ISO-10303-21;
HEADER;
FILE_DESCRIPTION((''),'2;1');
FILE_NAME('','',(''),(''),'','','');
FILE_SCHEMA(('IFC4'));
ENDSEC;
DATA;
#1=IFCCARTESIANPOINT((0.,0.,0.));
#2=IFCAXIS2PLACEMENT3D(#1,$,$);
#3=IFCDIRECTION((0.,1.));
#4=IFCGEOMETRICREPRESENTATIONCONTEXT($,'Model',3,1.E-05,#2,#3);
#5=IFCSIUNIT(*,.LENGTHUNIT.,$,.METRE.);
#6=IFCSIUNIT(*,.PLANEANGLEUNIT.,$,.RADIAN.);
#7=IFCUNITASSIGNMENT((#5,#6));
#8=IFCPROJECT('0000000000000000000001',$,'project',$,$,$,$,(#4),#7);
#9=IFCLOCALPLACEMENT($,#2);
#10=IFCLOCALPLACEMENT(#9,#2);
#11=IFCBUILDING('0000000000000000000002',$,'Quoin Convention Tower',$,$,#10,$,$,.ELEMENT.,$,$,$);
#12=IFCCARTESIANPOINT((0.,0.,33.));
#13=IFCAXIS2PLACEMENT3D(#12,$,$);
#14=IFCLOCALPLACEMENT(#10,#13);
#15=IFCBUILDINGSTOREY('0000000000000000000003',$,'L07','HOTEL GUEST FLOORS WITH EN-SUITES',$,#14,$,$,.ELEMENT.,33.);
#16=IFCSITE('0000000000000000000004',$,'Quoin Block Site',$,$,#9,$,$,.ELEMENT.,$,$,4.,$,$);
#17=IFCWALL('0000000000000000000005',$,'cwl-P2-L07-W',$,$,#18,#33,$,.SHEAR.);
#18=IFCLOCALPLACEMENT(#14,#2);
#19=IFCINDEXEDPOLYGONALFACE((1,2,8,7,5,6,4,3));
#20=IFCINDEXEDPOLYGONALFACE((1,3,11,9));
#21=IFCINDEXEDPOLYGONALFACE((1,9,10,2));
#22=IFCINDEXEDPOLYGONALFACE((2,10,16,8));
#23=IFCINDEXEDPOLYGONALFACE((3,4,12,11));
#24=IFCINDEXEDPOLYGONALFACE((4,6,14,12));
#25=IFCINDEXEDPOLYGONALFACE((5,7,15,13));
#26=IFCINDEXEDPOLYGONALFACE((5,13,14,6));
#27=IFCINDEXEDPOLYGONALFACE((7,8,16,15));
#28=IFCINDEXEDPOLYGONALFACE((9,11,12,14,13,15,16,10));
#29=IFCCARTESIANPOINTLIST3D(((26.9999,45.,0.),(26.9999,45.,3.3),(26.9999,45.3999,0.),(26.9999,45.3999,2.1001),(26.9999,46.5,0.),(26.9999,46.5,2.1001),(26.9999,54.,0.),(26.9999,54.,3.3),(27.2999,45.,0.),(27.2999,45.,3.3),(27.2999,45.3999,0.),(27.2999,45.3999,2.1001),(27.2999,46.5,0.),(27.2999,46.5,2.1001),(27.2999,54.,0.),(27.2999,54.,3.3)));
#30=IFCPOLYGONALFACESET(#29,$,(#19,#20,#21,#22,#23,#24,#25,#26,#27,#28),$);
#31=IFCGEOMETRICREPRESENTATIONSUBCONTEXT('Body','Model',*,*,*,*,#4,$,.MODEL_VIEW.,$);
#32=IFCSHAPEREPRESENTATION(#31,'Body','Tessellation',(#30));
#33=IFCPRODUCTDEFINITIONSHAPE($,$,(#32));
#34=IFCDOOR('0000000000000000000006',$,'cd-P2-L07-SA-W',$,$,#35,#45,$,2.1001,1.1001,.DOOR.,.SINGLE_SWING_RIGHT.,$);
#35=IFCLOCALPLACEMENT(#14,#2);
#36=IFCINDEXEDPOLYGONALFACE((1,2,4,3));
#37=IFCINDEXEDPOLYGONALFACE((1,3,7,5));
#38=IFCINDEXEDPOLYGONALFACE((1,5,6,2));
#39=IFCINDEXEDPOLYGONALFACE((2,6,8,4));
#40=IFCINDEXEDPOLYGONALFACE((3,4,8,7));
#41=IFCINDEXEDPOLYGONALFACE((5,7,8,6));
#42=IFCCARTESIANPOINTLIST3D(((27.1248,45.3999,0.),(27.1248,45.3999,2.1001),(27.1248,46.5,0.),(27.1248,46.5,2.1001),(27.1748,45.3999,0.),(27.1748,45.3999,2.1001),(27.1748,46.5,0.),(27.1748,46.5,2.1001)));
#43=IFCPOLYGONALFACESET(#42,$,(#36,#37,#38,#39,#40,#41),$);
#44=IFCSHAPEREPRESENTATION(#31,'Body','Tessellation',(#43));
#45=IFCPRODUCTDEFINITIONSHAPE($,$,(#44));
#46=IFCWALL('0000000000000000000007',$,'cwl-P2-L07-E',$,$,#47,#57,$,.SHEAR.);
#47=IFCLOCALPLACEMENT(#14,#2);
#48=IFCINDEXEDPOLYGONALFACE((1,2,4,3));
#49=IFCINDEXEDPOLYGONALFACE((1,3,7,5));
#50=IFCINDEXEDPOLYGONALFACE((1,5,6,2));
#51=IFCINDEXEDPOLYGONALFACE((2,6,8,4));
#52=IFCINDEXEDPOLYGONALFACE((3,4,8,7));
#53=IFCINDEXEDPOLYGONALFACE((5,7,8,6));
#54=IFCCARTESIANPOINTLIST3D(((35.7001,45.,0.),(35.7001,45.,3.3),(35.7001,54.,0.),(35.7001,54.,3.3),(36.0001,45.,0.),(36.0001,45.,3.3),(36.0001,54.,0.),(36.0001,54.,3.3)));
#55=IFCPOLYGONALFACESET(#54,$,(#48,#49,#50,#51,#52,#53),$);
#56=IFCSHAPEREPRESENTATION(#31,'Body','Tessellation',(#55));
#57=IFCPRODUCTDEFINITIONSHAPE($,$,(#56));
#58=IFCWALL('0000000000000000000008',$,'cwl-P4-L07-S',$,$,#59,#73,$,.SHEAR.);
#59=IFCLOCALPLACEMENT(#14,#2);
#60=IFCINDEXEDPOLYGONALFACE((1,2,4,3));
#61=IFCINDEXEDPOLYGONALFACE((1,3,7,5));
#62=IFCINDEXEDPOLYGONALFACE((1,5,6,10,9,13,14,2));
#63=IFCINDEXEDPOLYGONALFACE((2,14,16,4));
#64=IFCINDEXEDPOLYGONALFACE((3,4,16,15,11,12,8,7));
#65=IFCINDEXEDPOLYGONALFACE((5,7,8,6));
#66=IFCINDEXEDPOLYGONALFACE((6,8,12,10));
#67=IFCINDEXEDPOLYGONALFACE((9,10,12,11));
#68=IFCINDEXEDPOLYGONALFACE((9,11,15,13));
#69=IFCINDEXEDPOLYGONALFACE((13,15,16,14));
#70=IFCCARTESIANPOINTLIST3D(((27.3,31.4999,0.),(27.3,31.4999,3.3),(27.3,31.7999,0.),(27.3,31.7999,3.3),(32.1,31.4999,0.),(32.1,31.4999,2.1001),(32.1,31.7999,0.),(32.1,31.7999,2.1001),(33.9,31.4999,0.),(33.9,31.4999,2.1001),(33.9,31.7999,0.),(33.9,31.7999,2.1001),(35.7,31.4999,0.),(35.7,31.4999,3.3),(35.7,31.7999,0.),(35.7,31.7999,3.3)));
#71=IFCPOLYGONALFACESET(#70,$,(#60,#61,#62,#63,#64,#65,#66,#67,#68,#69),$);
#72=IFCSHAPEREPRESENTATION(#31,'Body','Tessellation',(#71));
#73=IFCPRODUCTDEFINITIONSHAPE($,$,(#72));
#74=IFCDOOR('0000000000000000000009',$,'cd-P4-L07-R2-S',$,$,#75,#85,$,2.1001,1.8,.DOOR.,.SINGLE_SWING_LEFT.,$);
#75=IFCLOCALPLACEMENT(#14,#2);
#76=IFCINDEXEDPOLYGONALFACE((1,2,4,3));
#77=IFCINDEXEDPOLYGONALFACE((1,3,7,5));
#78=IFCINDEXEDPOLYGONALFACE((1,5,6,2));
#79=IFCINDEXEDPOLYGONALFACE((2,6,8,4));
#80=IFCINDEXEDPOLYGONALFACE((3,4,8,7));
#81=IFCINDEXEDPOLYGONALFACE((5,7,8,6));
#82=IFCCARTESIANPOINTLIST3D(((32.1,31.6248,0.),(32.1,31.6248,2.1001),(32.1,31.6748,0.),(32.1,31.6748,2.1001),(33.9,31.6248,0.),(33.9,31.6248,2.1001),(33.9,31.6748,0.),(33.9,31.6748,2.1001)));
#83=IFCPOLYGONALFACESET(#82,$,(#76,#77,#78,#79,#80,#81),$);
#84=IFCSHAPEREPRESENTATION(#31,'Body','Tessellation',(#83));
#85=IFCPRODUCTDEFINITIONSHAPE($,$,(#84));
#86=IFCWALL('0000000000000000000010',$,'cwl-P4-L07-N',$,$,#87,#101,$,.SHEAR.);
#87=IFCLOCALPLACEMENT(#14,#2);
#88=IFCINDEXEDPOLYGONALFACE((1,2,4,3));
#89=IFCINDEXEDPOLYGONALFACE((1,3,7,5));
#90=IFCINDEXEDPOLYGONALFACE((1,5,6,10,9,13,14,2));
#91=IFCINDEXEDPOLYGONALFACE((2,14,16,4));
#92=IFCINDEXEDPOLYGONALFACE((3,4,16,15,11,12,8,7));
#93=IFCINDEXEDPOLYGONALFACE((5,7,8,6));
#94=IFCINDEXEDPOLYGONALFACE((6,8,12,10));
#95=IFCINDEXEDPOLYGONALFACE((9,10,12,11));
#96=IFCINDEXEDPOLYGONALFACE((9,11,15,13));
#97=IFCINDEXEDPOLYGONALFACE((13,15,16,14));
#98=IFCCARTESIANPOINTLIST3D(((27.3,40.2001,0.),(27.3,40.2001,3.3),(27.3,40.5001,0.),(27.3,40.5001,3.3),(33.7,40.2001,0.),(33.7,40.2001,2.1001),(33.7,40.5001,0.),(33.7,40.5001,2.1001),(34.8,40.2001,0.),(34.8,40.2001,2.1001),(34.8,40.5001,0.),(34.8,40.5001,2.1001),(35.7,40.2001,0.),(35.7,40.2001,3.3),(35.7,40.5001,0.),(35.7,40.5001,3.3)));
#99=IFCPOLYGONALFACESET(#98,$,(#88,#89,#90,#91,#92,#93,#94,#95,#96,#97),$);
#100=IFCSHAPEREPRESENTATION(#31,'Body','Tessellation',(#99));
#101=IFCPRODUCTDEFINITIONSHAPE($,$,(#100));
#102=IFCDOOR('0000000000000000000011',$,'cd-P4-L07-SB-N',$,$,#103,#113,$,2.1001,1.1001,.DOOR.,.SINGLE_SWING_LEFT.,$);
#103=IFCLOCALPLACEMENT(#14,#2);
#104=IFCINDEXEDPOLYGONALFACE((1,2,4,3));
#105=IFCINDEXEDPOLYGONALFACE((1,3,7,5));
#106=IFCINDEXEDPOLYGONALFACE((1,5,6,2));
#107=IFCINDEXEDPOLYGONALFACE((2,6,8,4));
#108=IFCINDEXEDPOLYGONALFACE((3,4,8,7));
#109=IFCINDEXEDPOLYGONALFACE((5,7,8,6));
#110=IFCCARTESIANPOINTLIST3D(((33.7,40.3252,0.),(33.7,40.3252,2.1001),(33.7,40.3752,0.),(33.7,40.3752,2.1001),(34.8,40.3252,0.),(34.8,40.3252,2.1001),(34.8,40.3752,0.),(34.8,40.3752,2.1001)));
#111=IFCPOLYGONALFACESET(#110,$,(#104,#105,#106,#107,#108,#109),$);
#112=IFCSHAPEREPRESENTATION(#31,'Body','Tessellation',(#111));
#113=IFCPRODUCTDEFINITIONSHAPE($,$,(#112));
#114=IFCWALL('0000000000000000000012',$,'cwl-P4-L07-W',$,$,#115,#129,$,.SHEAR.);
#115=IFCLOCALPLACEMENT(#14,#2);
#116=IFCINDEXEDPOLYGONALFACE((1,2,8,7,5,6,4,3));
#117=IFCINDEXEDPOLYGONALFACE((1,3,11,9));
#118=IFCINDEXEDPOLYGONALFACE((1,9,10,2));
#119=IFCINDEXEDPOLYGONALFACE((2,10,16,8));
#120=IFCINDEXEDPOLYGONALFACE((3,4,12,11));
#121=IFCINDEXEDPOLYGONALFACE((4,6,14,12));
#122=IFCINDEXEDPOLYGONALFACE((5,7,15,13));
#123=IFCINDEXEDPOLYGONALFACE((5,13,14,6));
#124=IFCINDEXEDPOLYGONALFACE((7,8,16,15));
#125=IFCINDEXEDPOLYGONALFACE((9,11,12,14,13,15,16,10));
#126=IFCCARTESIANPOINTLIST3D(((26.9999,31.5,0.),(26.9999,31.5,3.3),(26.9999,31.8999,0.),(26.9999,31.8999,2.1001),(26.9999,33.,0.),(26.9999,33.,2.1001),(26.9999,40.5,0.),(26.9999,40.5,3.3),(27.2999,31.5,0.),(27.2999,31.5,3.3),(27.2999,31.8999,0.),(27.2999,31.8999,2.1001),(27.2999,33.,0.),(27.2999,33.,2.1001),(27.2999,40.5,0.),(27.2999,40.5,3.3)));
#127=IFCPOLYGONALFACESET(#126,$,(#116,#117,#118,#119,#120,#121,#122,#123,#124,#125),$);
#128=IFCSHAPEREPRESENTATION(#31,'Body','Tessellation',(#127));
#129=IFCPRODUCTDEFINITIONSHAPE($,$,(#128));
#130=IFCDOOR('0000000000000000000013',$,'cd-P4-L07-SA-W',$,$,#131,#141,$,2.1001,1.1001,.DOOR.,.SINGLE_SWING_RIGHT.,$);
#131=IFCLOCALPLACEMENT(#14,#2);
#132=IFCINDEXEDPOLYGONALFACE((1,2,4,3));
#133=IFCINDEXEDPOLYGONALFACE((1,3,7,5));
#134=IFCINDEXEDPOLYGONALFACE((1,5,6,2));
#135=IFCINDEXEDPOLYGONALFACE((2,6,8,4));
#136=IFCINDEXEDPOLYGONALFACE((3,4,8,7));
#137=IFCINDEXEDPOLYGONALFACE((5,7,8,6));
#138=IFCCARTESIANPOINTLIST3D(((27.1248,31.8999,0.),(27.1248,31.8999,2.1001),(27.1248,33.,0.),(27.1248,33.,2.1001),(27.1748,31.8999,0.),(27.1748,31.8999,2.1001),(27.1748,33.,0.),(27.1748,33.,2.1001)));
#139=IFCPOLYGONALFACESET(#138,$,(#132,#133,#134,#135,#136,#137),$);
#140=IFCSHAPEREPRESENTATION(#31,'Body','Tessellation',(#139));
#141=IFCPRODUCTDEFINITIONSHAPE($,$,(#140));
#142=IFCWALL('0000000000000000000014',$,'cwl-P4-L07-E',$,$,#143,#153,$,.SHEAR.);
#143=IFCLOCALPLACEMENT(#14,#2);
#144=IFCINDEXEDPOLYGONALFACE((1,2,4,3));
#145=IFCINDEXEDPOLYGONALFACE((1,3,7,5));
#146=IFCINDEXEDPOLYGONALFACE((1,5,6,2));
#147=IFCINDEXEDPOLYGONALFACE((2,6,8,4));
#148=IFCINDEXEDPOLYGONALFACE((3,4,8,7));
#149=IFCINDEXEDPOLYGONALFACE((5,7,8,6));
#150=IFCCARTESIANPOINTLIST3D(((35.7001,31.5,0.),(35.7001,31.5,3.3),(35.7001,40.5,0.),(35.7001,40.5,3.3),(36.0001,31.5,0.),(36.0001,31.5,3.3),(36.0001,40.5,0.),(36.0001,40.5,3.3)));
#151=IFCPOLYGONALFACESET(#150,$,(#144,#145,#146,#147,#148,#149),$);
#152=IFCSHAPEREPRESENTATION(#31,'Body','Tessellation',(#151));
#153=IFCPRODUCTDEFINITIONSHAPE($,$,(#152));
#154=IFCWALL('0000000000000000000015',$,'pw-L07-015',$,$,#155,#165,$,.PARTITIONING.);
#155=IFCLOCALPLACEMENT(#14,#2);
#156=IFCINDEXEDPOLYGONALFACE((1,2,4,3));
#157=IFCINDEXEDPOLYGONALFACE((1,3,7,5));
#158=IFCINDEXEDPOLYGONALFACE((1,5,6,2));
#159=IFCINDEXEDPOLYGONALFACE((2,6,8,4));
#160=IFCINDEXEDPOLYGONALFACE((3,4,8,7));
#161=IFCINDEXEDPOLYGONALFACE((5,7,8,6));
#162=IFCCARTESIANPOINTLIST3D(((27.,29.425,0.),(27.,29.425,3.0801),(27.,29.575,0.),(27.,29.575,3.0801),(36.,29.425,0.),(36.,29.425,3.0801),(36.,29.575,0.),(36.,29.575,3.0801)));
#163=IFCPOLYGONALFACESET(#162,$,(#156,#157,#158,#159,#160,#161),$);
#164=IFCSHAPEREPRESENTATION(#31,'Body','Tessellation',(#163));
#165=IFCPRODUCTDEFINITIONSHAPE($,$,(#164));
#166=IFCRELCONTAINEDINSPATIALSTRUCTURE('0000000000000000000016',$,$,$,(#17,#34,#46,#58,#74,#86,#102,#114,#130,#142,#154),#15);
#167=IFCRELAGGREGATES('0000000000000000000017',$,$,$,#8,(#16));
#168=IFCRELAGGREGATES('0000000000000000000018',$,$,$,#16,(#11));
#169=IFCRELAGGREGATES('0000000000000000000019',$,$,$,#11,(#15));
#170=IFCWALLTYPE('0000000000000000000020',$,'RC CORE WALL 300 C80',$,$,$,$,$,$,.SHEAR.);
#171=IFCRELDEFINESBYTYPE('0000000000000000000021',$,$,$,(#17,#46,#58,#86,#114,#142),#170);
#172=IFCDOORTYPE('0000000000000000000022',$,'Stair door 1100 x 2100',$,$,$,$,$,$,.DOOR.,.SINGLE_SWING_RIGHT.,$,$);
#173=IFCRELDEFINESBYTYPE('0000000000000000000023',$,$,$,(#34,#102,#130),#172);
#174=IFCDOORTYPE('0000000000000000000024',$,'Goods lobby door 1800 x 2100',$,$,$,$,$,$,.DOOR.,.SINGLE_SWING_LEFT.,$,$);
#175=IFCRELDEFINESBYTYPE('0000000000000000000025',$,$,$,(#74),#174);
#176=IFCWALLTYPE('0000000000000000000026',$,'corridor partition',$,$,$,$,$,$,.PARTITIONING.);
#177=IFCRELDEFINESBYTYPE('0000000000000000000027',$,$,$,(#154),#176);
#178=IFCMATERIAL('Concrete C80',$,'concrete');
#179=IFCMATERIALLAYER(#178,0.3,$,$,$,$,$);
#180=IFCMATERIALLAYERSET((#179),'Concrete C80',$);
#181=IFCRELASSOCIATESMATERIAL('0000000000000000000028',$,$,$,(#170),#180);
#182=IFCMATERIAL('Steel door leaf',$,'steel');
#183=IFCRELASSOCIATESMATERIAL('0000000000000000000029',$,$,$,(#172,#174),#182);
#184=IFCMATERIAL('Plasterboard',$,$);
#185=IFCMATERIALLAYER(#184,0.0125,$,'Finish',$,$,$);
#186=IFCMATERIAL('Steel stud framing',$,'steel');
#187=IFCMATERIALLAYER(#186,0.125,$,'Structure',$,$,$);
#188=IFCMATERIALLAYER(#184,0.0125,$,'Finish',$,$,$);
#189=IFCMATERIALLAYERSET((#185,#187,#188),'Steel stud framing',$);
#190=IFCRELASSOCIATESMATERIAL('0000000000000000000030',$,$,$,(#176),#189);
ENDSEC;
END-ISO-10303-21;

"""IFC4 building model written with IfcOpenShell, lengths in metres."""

from ifc_helpers import new_model, si_unit, direction, frame, frame_2d, origin, place, context, subcontext, project, spatial, rectangle, extrude, material, layer, layer_set, type_object, element, fill, save


model = new_model("IFC4")

# Units and contexts
model_context = context("Model", 3, precision=1e-05, world=origin(), true_north=direction((0.0, 1.0)))
body_context = subcontext(model_context, "Body", "Model", "MODEL_VIEW")
ifc_project = project(units=[si_unit("LENGTHUNIT", "METRE"), si_unit("PLANEANGLEUNIT", "RADIAN")], contexts=[model_context])

# Site, building, storey
site_placement = place(None, origin())
site = spatial("IfcSite", under=ifc_project, at=site_placement, Name="Quoin Block Site", CompositionType="ELEMENT", RefElevation=4.0)
building_placement = place(site_placement, origin())
building = spatial("IfcBuilding", under=site, at=building_placement, Name="Quoin Convention Tower", CompositionType="ELEMENT")
storey_placement = place(building_placement, frame((0.0, 0.0, 33.0)))
storey = spatial("IfcBuildingStorey", under=building, at=storey_placement, Name="L07", Description="HOTEL GUEST FLOORS WITH EN-SUITES", CompositionType="ELEMENT", Elevation=33.0)

# Shared definitions
ifc_material_1 = material(Name="Concrete C80", Category="concrete")

# Shared definitions
ifc_material_2 = material(Name="Steel door leaf", Category="steel")

# Wall, opening, door
ifc_layer_1 = layer(ifc_material_1, 0.3)
ifc_layer_set_1 = layer_set([ifc_layer_1], Name="Concrete C80")
wall_type_1 = type_object("IfcWallType", Name="RC CORE WALL 300 C80", PredefinedType="SHEAR", material=ifc_layer_set_1)
wall_1_placement = place(storey_placement, frame((27.1499, 45.0, 0.0), z_axis=(0.0, 0.0, 1.0), x_axis=(0.0, 1.0, 0.0)))
wall_1 = element("IfcWall", 1, at=wall_1_placement, inside=storey, type_object=wall_type_1, Name="cwl-P2-L07-W", PredefinedType="SHEAR", context=body_context, shape_type="SweptSolid", body=[
    extrude(rectangle(XDim=9.0, YDim=0.3, at=frame_2d((4.5, 0.0))), origin(), (0.0, 0.0, 1.0), 3.3),
])
opening_1_placement = place(wall_1_placement, frame((0.3999, 0.0, 0.0)))
opening_1 = element("IfcOpeningElement", 2, at=opening_1_placement, cuts=wall_1, PredefinedType="OPENING", context=body_context, shape_type="SweptSolid", body=[
    extrude(rectangle(XDim=1.1001, YDim=2.1001, at=frame_2d((0.55, 1.05))), frame((0.0, 0.1599, 0.0), z_axis=(0.0, -1.0, 0.0), x_axis=(1.0, 0.0, 0.0)), (0.0, 0.0, 1.0), 0.3201),
])
door_type_1 = type_object("IfcDoorType", Name="Stair door 1100 x 2100", OperationType="SINGLE_SWING_RIGHT", PredefinedType="DOOR", material=ifc_material_2)
door_1_placement = place(opening_1_placement, frame((1.1001, 0.0, 0.0), z_axis=(0.0, 0.0, 1.0), x_axis=(-1.0, 0.0, 0.0)))
door_1 = element("IfcDoor", 3, at=door_1_placement, inside=storey, type_object=door_type_1, Name="cd-P2-L07-SA-W", OperationType="SINGLE_SWING_RIGHT", OverallHeight=2.1001, OverallWidth=1.1001, PredefinedType="DOOR", context=body_context, shape_type="SweptSolid", body=[
    extrude(rectangle(XDim=1.1001, YDim=2.1001, at=frame_2d((0.55, 1.05))), frame((0.0, 0.0249, 0.0), z_axis=(0.0, -1.0, 0.0), x_axis=(1.0, 0.0, 0.0)), (0.0, 0.0, 1.0), 0.05),
])
fill(opening_1, door_1)

# Wall
wall_2_placement = place(storey_placement, frame((35.8501, 45.0, 0.0), z_axis=(0.0, 0.0, 1.0), x_axis=(0.0, 1.0, 0.0)))
element("IfcWall", 4, at=wall_2_placement, inside=storey, type_object=wall_type_1, Name="cwl-P2-L07-E", PredefinedType="SHEAR", context=body_context, shape_type="SweptSolid", body=[
    extrude(rectangle(XDim=9.0, YDim=0.3, at=frame_2d((4.5, 0.0))), origin(), (0.0, 0.0, 1.0), 3.3),
])

# Walls, openings, doors
wall_3_placement = place(storey_placement, frame((27.3, 31.6499, 0.0), z_axis=(0.0, 0.0, 1.0), x_axis=(1.0, 0.0, 0.0)))
wall_3 = element("IfcWall", 5, at=wall_3_placement, inside=storey, type_object=wall_type_1, Name="cwl-P4-L07-S", PredefinedType="SHEAR", context=body_context, shape_type="SweptSolid", body=[
    extrude(rectangle(XDim=8.3999, YDim=0.3, at=frame_2d((4.2, 0.0))), origin(), (0.0, 0.0, 1.0), 3.3),
])
opening_2_placement = place(wall_3_placement, frame((4.8, 0.0, 0.0)))
opening_2 = element("IfcOpeningElement", 6, at=opening_2_placement, cuts=wall_3, PredefinedType="OPENING", context=body_context, shape_type="SweptSolid", body=[
    extrude(rectangle(XDim=1.8, YDim=2.1001, at=frame_2d((0.8999, 1.05))), frame((0.0, 0.1599, 0.0), z_axis=(0.0, -1.0, 0.0), x_axis=(1.0, 0.0, 0.0)), (0.0, 0.0, 1.0), 0.3201),
])
door_type_2 = type_object("IfcDoorType", Name="Goods lobby door 1800 x 2100", OperationType="SINGLE_SWING_LEFT", PredefinedType="DOOR", material=ifc_material_2)
door_2_placement = place(opening_2_placement, origin())
door_2 = element("IfcDoor", 7, at=door_2_placement, inside=storey, type_object=door_type_2, Name="cd-P4-L07-R2-S", OperationType="SINGLE_SWING_LEFT", OverallHeight=2.1001, OverallWidth=1.8, PredefinedType="DOOR", context=body_context, shape_type="SweptSolid", body=[
    extrude(rectangle(XDim=1.8, YDim=2.1001, at=frame_2d((0.8999, 1.05))), frame((0.0, 0.0249, 0.0), z_axis=(0.0, -1.0, 0.0), x_axis=(1.0, 0.0, 0.0)), (0.0, 0.0, 1.0), 0.05),
])
fill(opening_2, door_2)
wall_4_placement = place(storey_placement, frame((27.3, 40.3501, 0.0), z_axis=(0.0, 0.0, 1.0), x_axis=(1.0, 0.0, 0.0)))
wall_4 = element("IfcWall", 8, at=wall_4_placement, inside=storey, type_object=wall_type_1, Name="cwl-P4-L07-N", PredefinedType="SHEAR", context=body_context, shape_type="SweptSolid", body=[
    extrude(rectangle(XDim=8.3999, YDim=0.3, at=frame_2d((4.2, 0.0))), origin(), (0.0, 0.0, 1.0), 3.3),
])
opening_3_placement = place(wall_4_placement, frame((6.3999, 0.0, 0.0)))
opening_3 = element("IfcOpeningElement", 9, at=opening_3_placement, cuts=wall_4, PredefinedType="OPENING", context=body_context, shape_type="SweptSolid", body=[
    extrude(rectangle(XDim=1.1001, YDim=2.1001, at=frame_2d((0.55, 1.05))), frame((0.0, 0.1599, 0.0), z_axis=(0.0, -1.0, 0.0), x_axis=(1.0, 0.0, 0.0)), (0.0, 0.0, 1.0), 0.3201),
])
door_3_placement = place(opening_3_placement, frame((1.1001, 0.0, 0.0), z_axis=(0.0, 0.0, 1.0), x_axis=(-1.0, 0.0, 0.0)))
door_3 = element("IfcDoor", 10, at=door_3_placement, inside=storey, type_object=door_type_1, Name="cd-P4-L07-SB-N", OperationType="SINGLE_SWING_LEFT", OverallHeight=2.1001, OverallWidth=1.1001, PredefinedType="DOOR", context=body_context, shape_type="SweptSolid", body=[
    extrude(rectangle(XDim=1.1001, YDim=2.1001, at=frame_2d((0.55, 1.05))), frame((0.0, 0.0249, 0.0), z_axis=(0.0, -1.0, 0.0), x_axis=(1.0, 0.0, 0.0)), (0.0, 0.0, 1.0), 0.05),
])
fill(opening_3, door_3)
wall_5_placement = place(storey_placement, frame((27.1499, 31.5, 0.0), z_axis=(0.0, 0.0, 1.0), x_axis=(0.0, 1.0, 0.0)))
wall_5 = element("IfcWall", 11, at=wall_5_placement, inside=storey, type_object=wall_type_1, Name="cwl-P4-L07-W", PredefinedType="SHEAR", context=body_context, shape_type="SweptSolid", body=[
    extrude(rectangle(XDim=9.0, YDim=0.3, at=frame_2d((4.5, 0.0))), origin(), (0.0, 0.0, 1.0), 3.3),
])
opening_4_placement = place(wall_5_placement, frame((0.3999, 0.0, 0.0)))
opening_4 = element("IfcOpeningElement", 12, at=opening_4_placement, cuts=wall_5, PredefinedType="OPENING", context=body_context, shape_type="SweptSolid", body=[
    extrude(rectangle(XDim=1.1001, YDim=2.1001, at=frame_2d((0.55, 1.05))), frame((0.0, 0.1599, 0.0), z_axis=(0.0, -1.0, 0.0), x_axis=(1.0, 0.0, 0.0)), (0.0, 0.0, 1.0), 0.3201),
])
door_4_placement = place(opening_4_placement, frame((1.1001, 0.0, 0.0), z_axis=(0.0, 0.0, 1.0), x_axis=(-1.0, 0.0, 0.0)))
door_4 = element("IfcDoor", 13, at=door_4_placement, inside=storey, type_object=door_type_1, Name="cd-P4-L07-SA-W", OperationType="SINGLE_SWING_RIGHT", OverallHeight=2.1001, OverallWidth=1.1001, PredefinedType="DOOR", context=body_context, shape_type="SweptSolid", body=[
    extrude(rectangle(XDim=1.1001, YDim=2.1001, at=frame_2d((0.55, 1.05))), frame((0.0, 0.0249, 0.0), z_axis=(0.0, -1.0, 0.0), x_axis=(1.0, 0.0, 0.0)), (0.0, 0.0, 1.0), 0.05),
])
fill(opening_4, door_4)

# Walls
wall_6_placement = place(storey_placement, frame((35.8501, 31.5, 0.0), z_axis=(0.0, 0.0, 1.0), x_axis=(0.0, 1.0, 0.0)))
element("IfcWall", 14, at=wall_6_placement, inside=storey, type_object=wall_type_1, Name="cwl-P4-L07-E", PredefinedType="SHEAR", context=body_context, shape_type="SweptSolid", body=[
    extrude(rectangle(XDim=9.0, YDim=0.3, at=frame_2d((4.5, 0.0))), origin(), (0.0, 0.0, 1.0), 3.3),
])
ifc_material_3 = material(Name="Plasterboard")
ifc_layer_2 = layer(ifc_material_3, 0.0125, Name="Finish")
ifc_material_4 = material(Name="Steel stud framing", Category="steel")
ifc_layer_3 = layer(ifc_material_4, 0.125, Name="Structure")
ifc_layer_4 = layer(ifc_material_3, 0.0125, Name="Finish")
ifc_layer_set_2 = layer_set([ifc_layer_2, ifc_layer_3, ifc_layer_4], Name="Steel stud framing")
wall_type_2 = type_object("IfcWallType", Name="corridor partition", PredefinedType="PARTITIONING", material=ifc_layer_set_2)
wall_7_placement = place(storey_placement, frame((27.0, 29.5, 0.0), z_axis=(0.0, 0.0, 1.0), x_axis=(1.0, 0.0, 0.0)))
element("IfcWall", 15, at=wall_7_placement, inside=storey, type_object=wall_type_2, Name="pw-L07-015", PredefinedType="PARTITIONING", context=body_context, shape_type="SweptSolid", body=[
    extrude(rectangle(XDim=9.0, YDim=0.1499, at=frame_2d((4.5, 0.0))), origin(), (0.0, 0.0, 1.0), 3.0801),
])

save(model, "model.ifc")
